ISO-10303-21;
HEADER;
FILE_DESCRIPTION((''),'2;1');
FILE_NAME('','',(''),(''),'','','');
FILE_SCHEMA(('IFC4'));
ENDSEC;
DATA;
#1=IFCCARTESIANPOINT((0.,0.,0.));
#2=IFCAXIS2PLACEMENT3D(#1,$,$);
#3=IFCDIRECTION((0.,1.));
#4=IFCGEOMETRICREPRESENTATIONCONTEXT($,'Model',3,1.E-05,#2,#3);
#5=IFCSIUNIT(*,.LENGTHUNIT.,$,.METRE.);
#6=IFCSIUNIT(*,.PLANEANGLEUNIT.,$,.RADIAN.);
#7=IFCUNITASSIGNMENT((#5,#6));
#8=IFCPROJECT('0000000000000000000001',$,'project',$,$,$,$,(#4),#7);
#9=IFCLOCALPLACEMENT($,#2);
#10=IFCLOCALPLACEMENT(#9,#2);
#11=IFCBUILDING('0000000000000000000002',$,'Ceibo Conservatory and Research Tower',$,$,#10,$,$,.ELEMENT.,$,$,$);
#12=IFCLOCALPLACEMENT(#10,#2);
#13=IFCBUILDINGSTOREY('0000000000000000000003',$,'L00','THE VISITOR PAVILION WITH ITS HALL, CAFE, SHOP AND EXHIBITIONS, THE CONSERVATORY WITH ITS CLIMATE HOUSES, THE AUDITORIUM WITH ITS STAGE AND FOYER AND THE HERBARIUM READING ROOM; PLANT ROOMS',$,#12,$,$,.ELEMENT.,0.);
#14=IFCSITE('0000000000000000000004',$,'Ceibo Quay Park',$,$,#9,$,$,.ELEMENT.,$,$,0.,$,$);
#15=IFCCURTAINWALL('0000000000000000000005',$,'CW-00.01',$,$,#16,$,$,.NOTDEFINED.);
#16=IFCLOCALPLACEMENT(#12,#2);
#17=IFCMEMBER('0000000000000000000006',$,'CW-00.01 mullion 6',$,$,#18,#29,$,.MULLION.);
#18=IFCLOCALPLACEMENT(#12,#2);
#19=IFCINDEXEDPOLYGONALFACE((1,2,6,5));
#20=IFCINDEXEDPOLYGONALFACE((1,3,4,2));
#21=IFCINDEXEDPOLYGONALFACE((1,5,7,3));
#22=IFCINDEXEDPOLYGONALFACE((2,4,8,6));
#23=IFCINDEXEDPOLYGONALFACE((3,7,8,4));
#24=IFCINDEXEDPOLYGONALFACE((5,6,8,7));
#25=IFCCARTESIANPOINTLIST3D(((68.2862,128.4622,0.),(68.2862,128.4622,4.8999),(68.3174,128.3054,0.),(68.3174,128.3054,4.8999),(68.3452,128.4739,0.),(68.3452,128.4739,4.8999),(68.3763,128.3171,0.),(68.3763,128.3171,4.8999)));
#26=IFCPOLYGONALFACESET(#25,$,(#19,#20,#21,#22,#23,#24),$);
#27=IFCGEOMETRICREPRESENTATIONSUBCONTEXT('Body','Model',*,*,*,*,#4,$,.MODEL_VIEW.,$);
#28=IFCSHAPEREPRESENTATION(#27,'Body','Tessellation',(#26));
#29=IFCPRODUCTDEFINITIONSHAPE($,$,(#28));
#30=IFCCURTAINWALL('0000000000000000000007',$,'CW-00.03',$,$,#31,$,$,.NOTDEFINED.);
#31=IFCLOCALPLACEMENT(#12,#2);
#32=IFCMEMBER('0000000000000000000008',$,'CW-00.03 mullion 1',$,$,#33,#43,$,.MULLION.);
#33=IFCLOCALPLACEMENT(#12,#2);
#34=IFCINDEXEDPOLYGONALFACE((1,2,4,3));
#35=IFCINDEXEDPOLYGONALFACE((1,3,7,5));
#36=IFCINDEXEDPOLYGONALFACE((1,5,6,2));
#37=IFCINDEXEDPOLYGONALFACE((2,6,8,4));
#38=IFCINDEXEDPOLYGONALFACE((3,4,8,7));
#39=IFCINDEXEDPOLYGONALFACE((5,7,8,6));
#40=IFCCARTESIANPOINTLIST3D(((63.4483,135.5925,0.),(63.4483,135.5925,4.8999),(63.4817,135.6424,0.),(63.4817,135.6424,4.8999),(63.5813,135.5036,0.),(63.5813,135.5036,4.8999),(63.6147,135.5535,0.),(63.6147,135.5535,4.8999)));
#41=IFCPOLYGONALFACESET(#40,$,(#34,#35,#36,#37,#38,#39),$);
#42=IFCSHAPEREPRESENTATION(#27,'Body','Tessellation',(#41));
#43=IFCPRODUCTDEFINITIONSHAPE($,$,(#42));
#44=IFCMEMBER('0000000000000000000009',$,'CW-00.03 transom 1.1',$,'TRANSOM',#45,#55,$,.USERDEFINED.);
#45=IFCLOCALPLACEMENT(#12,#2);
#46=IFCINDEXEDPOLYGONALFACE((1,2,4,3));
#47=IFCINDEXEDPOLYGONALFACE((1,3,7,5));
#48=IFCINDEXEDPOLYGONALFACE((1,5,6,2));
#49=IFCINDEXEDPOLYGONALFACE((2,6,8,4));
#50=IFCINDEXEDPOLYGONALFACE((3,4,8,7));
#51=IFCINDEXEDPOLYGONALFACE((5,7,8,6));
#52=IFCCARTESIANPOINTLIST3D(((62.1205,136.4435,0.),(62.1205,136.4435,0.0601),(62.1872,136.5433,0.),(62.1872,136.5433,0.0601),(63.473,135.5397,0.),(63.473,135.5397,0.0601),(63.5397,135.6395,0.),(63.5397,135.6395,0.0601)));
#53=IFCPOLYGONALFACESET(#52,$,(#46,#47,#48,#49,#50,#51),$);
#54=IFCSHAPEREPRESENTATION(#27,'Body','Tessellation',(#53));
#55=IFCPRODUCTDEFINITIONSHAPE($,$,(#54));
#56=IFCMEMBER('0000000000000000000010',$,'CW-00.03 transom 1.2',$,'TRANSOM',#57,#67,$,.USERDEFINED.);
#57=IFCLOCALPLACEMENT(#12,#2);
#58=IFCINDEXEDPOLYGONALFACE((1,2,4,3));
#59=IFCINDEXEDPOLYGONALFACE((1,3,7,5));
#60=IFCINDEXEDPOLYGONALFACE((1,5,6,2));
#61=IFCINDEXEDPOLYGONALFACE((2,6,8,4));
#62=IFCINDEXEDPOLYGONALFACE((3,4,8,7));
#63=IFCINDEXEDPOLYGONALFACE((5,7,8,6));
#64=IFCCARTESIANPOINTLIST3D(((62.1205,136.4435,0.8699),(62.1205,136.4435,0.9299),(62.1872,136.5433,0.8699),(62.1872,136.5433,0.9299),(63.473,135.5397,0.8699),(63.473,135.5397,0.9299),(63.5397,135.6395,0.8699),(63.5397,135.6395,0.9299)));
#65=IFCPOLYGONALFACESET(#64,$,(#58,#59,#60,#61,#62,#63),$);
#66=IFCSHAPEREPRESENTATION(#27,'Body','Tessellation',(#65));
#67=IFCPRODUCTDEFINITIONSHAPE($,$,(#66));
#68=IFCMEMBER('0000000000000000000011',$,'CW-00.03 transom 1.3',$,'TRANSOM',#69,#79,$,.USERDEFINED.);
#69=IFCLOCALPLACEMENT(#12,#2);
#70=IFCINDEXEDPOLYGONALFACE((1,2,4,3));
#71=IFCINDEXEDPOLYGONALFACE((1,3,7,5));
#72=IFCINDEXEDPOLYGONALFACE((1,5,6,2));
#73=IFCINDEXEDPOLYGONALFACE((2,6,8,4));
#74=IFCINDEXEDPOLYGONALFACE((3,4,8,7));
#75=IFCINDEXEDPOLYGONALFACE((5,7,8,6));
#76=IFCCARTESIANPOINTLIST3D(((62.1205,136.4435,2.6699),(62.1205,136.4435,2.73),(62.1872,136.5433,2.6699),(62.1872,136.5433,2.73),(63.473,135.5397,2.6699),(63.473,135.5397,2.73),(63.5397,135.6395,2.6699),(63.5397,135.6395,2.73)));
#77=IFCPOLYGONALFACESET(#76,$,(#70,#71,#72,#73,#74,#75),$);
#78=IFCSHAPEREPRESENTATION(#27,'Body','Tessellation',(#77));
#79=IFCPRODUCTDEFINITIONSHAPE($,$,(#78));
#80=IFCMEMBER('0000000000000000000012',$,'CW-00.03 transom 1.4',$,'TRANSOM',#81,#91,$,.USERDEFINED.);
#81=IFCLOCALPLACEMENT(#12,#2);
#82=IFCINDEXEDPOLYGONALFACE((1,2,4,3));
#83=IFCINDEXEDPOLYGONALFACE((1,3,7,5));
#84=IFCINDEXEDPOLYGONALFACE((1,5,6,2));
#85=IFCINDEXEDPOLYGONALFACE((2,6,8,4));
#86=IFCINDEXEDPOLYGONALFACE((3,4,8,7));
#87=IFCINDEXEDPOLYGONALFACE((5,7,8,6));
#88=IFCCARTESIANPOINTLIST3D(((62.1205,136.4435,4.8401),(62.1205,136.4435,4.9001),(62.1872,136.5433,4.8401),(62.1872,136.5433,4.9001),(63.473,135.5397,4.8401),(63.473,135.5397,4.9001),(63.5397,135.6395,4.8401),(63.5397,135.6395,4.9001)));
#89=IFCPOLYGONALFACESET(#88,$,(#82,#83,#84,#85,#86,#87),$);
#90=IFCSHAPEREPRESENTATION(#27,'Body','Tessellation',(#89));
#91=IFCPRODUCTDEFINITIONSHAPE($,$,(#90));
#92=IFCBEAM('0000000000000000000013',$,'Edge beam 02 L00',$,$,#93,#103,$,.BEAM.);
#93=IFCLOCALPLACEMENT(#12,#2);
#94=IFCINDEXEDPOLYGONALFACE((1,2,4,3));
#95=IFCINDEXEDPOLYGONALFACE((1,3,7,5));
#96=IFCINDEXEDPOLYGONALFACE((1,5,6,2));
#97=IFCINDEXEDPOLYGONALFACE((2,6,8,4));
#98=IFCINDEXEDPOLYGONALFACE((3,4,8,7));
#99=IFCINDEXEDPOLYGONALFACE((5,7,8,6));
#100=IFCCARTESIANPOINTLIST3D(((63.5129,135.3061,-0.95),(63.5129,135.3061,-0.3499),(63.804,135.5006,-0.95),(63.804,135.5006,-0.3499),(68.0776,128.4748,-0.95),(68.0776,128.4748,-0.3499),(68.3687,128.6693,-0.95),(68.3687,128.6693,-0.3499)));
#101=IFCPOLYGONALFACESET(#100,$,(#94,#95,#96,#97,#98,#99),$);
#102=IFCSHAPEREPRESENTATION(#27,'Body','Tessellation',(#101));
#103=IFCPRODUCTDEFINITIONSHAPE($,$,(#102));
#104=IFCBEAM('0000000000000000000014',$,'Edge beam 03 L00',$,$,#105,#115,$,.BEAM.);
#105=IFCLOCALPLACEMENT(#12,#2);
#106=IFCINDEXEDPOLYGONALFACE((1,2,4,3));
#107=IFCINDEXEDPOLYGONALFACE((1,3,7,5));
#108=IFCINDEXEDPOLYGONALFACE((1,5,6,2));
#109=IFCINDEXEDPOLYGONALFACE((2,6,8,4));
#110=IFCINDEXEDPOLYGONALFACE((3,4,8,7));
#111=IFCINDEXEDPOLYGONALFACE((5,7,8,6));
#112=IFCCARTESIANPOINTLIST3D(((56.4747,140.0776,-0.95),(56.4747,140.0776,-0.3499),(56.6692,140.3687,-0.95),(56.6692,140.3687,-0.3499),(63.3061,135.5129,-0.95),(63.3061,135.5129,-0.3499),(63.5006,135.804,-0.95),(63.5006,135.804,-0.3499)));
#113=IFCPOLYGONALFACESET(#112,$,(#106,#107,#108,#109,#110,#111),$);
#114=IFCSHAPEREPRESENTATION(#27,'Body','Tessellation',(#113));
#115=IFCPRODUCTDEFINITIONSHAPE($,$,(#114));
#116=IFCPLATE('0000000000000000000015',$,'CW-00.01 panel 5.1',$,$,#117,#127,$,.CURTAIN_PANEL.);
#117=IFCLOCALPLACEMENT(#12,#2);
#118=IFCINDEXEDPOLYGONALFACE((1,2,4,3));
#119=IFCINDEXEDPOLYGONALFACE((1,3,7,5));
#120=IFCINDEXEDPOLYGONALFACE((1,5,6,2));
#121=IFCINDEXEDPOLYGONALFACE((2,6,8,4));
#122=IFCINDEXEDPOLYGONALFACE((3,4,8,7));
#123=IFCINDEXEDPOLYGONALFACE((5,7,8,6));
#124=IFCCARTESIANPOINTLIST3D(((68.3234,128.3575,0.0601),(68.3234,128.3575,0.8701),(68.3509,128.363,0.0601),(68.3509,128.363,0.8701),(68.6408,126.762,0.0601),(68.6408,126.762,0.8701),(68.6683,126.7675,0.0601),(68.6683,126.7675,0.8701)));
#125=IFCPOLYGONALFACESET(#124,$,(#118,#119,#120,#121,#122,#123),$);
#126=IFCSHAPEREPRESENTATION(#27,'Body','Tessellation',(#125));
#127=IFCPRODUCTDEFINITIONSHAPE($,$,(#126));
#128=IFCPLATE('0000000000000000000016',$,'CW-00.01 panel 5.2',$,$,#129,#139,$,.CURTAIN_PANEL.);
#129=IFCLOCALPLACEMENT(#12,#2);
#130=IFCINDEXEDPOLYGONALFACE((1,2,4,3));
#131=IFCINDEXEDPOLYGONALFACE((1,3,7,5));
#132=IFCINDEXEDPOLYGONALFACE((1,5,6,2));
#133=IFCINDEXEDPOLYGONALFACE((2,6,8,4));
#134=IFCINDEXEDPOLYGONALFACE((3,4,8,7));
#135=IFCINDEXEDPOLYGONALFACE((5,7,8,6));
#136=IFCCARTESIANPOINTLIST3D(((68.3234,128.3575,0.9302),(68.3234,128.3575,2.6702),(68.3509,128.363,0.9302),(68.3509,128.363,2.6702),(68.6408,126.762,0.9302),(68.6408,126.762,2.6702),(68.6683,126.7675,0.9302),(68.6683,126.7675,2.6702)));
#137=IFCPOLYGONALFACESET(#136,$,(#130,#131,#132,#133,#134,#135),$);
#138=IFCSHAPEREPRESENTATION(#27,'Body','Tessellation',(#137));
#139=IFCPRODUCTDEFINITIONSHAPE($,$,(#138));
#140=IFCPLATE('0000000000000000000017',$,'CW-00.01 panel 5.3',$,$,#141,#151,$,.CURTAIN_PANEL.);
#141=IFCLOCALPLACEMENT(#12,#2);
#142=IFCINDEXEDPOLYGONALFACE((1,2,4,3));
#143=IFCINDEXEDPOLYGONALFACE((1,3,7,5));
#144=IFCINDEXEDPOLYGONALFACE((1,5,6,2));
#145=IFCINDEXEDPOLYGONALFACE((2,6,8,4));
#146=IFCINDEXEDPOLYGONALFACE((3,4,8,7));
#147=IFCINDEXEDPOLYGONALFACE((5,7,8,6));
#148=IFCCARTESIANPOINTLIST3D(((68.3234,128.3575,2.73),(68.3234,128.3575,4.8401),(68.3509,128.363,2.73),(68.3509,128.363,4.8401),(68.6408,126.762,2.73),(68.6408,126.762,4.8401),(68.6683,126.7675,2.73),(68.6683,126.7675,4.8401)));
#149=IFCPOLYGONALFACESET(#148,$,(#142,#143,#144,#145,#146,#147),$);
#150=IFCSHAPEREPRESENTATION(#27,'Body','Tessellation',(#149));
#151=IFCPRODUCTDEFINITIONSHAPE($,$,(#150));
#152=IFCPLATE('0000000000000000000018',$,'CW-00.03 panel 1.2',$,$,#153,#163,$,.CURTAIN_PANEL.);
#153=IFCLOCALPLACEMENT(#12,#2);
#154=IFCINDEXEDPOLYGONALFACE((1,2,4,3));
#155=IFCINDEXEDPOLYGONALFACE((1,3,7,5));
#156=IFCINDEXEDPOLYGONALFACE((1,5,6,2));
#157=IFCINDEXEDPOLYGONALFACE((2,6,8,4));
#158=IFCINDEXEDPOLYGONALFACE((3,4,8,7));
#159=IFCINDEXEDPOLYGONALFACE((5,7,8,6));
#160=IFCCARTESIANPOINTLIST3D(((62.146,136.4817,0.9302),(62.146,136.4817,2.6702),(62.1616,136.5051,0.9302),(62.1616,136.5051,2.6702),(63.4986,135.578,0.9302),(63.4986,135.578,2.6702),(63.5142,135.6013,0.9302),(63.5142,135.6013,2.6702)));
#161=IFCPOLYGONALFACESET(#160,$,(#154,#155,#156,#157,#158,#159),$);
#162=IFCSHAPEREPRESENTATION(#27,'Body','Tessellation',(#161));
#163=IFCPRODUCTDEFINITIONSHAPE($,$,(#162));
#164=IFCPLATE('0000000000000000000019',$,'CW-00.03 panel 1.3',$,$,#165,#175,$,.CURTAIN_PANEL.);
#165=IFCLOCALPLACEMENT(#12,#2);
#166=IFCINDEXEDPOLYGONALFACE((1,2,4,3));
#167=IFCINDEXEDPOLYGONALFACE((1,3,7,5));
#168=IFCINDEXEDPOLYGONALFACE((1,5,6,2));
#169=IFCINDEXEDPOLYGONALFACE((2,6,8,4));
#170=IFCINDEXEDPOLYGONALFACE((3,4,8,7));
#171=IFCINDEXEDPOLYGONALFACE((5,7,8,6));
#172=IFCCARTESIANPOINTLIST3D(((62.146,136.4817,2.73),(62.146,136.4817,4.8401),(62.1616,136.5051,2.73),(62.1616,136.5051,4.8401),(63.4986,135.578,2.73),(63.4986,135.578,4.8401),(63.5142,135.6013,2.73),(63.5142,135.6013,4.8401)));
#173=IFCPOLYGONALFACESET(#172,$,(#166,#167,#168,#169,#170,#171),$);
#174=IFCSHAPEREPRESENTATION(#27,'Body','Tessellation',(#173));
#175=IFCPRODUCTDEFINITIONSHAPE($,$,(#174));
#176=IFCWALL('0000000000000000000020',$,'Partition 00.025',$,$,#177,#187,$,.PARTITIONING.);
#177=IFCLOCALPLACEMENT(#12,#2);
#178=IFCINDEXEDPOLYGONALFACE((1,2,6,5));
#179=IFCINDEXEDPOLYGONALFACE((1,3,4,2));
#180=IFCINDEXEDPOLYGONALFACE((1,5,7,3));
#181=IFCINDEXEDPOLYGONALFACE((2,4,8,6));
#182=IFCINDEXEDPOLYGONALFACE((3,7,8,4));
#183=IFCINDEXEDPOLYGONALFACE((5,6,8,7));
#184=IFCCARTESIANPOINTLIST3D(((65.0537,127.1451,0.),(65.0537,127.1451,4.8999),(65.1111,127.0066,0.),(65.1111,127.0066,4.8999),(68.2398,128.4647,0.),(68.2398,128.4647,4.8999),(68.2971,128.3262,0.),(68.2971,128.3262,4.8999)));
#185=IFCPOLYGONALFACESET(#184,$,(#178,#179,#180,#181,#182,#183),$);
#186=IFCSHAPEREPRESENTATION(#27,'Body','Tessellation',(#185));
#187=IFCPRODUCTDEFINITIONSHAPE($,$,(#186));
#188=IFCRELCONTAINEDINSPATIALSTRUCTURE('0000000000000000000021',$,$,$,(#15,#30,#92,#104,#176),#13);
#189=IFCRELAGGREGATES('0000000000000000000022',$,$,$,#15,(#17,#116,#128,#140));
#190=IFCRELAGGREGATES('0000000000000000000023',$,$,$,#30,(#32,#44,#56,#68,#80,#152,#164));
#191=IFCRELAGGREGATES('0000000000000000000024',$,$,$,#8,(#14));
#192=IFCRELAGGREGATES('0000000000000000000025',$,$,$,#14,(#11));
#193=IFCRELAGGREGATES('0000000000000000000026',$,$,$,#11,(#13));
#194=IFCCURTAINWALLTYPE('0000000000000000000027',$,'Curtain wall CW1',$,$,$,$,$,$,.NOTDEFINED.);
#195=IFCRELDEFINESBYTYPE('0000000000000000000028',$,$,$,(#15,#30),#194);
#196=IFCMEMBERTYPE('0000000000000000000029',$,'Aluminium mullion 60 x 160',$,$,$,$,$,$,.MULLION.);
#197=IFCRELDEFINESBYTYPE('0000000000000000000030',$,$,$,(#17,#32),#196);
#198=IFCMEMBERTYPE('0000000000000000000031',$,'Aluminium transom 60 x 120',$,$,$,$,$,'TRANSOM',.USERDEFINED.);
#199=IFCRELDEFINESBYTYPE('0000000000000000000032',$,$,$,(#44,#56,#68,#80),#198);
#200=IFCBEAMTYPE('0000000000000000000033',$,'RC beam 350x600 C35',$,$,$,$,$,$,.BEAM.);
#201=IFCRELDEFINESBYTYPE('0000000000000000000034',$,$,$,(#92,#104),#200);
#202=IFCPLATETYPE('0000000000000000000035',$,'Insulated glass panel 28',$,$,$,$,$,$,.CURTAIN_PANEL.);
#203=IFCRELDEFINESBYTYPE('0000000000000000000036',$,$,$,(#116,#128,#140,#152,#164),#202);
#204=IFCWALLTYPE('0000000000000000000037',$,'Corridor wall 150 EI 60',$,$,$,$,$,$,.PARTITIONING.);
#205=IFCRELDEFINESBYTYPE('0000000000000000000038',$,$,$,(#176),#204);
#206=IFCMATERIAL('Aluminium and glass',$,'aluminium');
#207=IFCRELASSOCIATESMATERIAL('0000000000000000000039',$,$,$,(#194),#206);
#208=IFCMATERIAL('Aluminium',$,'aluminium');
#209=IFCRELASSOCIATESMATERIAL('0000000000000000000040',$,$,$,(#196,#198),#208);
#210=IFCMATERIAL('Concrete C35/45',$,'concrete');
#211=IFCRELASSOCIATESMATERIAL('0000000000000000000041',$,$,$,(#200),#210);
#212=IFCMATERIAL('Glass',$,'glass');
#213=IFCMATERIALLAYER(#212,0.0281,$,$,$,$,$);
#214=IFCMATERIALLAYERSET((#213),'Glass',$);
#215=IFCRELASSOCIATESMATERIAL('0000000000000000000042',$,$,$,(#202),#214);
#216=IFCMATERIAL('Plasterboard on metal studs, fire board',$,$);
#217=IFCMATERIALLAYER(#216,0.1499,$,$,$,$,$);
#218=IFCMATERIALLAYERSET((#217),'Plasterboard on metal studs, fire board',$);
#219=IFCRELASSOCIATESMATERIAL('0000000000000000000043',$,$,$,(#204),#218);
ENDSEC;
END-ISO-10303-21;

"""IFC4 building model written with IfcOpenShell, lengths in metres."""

from ifc_helpers import new_model, si_unit, direction, frame, frame_2d, origin, origin_2d, place, context, subcontext, project, spatial, rectangle, extrude, material, layer, layer_set, material_profile, profile_set, type_object, element, aggregate, save


model = new_model("IFC4")

# Units and contexts
model_context = context("Model", 3, precision=1e-05, world=origin(), true_north=direction((0.0, 1.0)))
body_context = subcontext(model_context, "Body", "Model", "MODEL_VIEW")
ifc_project = project(units=[si_unit("LENGTHUNIT", "METRE"), si_unit("PLANEANGLEUNIT", "RADIAN")], contexts=[model_context])

# Site, building, storey
site_placement = place(None, origin())
site = spatial("IfcSite", under=ifc_project, at=site_placement, Name="Ceibo Quay Park", CompositionType="ELEMENT", RefElevation=0.0)
building_placement = place(site_placement, origin())
building = spatial("IfcBuilding", under=site, at=building_placement, Name="Ceibo Conservatory and Research Tower", CompositionType="ELEMENT")
storey_placement = place(building_placement, origin())
storey = spatial("IfcBuildingStorey", under=building, at=storey_placement, Name="L00", Description="THE VISITOR PAVILION WITH ITS HALL, CAFE, SHOP AND EXHIBITIONS, THE CONSERVATORY WITH ITS CLIMATE HOUSES, THE AUDITORIUM WITH ITS STAGE AND FOYER AND THE HERBARIUM READING ROOM; PLANT ROOMS", CompositionType="ELEMENT", Elevation=0.0)

# Curtain wall, member
ifc_material_1 = material(Name="Aluminium and glass", Category="aluminium")
curtain_wall_type = type_object("IfcCurtainWallType", Name="Curtain wall CW1", PredefinedType="NOTDEFINED", material=ifc_material_1)
curtain_wall_1_placement = place(storey_placement, origin())
curtain_wall_1 = element("IfcCurtainWall", 1, at=curtain_wall_1_placement, inside=storey, type_object=curtain_wall_type, Name="CW-00.01", PredefinedType="NOTDEFINED")
ifc_material_2 = material(Name="Aluminium", Category="aluminium")
ifc_material_profile_1 = material_profile(ifc_material_2, rectangle(XDim=0.0601, YDim=0.1599, at=origin_2d()), Name="Aluminium 60 x 160")
ifc_profile_set_1 = profile_set([ifc_material_profile_1], Name="Aluminium")
member_type_1 = type_object("IfcMemberType", Name="Aluminium mullion 60 x 160", PredefinedType="MULLION", material=ifc_profile_set_1)
member_1_placement = place(storey_placement, frame((68.3313, 128.3896, 0.0), z_axis=(0.0, 0.0, 1.0), x_axis=(-0.980785, -0.19509, 0.0)))
member_1 = element("IfcMember", 2, at=member_1_placement, type_object=member_type_1, Name="CW-00.01 mullion 6", PredefinedType="MULLION", context=body_context, shape_type="SweptSolid", body=[
    extrude(rectangle(XDim=0.0601, YDim=0.1599, at=origin_2d()), origin(), (0.0, 0.0, 1.0), 4.8999),
])

# Curtain wall, members
curtain_wall_2_placement = place(storey_placement, origin())
curtain_wall_2 = element("IfcCurtainWall", 3, at=curtain_wall_2_placement, inside=storey, type_object=curtain_wall_type, Name="CW-00.03", PredefinedType="NOTDEFINED")
member_2_placement = place(storey_placement, frame((63.5315, 135.573, 0.0), z_axis=(0.0, 0.0, 1.0), x_axis=(-0.55557, -0.83147, 0.0)))
member_2 = element("IfcMember", 4, at=member_2_placement, type_object=member_type_1, Name="CW-00.03 mullion 1", PredefinedType="MULLION", context=body_context, shape_type="SweptSolid", body=[
    extrude(rectangle(XDim=0.0601, YDim=0.1599, at=origin_2d()), origin(), (0.0, 0.0, 1.0), 4.8999),
])
ifc_material_profile_2 = material_profile(ifc_material_2, rectangle(XDim=0.1201, YDim=0.0601, at=origin_2d()), Name="Aluminium 60 x 120")
ifc_profile_set_2 = profile_set([ifc_material_profile_2], Name="Aluminium")
member_type_2 = type_object("IfcMemberType", Name="Aluminium transom 60 x 120", ElementType="TRANSOM", PredefinedType="USERDEFINED", material=ifc_profile_set_2)
member_3_placement = place(storey_placement, frame((63.5063, 135.5896, 0.03), z_axis=(-0.831449, 0.5556, 0.0), x_axis=(-0.5556, -0.831449, 0.0)))
member_3 = element("IfcMember", 5, at=member_3_placement, type_object=member_type_2, Name="CW-00.03 transom 1.1", ObjectType="TRANSOM", PredefinedType="USERDEFINED", context=body_context, shape_type="SweptSolid", body=[
    extrude(rectangle(XDim=0.1201, YDim=0.0601, at=origin_2d()), origin(), (0.0, 0.0, 1.0), 1.6267),
])
member_4_placement = place(storey_placement, frame((63.5063, 135.5896, 0.8999), z_axis=(-0.831449, 0.5556, 0.0), x_axis=(-0.5556, -0.831449, 0.0)))
member_4 = element("IfcMember", 6, at=member_4_placement, type_object=member_type_2, Name="CW-00.03 transom 1.2", ObjectType="TRANSOM", PredefinedType="USERDEFINED", context=body_context, shape_type="SweptSolid", body=[
    extrude(rectangle(XDim=0.1201, YDim=0.0601, at=origin_2d()), origin(), (0.0, 0.0, 1.0), 1.6267),
])
member_5_placement = place(storey_placement, frame((63.5063, 135.5896, 2.7), z_axis=(-0.831449, 0.5556, 0.0), x_axis=(-0.5556, -0.831449, 0.0)))
member_5 = element("IfcMember", 7, at=member_5_placement, type_object=member_type_2, Name="CW-00.03 transom 1.3", ObjectType="TRANSOM", PredefinedType="USERDEFINED", context=body_context, shape_type="SweptSolid", body=[
    extrude(rectangle(XDim=0.1201, YDim=0.0601, at=origin_2d()), origin(), (0.0, 0.0, 1.0), 1.6267),
])
member_6_placement = place(storey_placement, frame((63.5063, 135.5896, 4.8701), z_axis=(-0.831449, 0.5556, 0.0), x_axis=(-0.5556, -0.831449, 0.0)))
member_6 = element("IfcMember", 8, at=member_6_placement, type_object=member_type_2, Name="CW-00.03 transom 1.4", ObjectType="TRANSOM", PredefinedType="USERDEFINED", context=body_context, shape_type="SweptSolid", body=[
    extrude(rectangle(XDim=0.1201, YDim=0.0601, at=origin_2d()), origin(), (0.0, 0.0, 1.0), 1.6267),
])

# Beams
ifc_material_3 = material(Name="Concrete C35/45", Category="concrete")
ifc_material_profile_3 = material_profile(ifc_material_3, rectangle(XDim=0.3501, YDim=0.6001, at=origin_2d()), Name="RC 350x600")
ifc_profile_set_3 = profile_set([ifc_material_profile_3], Name="Concrete C35/45")
beam_type = type_object("IfcBeamType", Name="RC beam 350x600 C35", PredefinedType="BEAM", material=ifc_profile_set_3)
for number, where, z_axis, x_axis, name in (
    (9, (68.2231, 128.572, -0.6499), (-0.555584, 0.83146, 0.0), (-0.83146, -0.555584, 0.0), "Edge beam 02 L00"),
    (10, (63.4033, 135.6584, -0.6499), (-0.83146, 0.555584, 0.0), (-0.555584, -0.83146, 0.0), "Edge beam 03 L00"),
):
    element("IfcBeam", number, at=place(storey_placement, frame(where, z_axis=z_axis, x_axis=x_axis)), inside=storey, type_object=beam_type, Name=name, PredefinedType="BEAM", context=body_context, shape_type="SweptSolid", body=[
        extrude(rectangle(XDim=0.3501, YDim=0.6001, at=origin_2d()), origin(), (0.0, 0.0, 1.0), 8.2161),
    ])

# Plates
ifc_material_4 = material(Name="Glass", Category="glass")
ifc_layer_1 = layer(ifc_material_4, 0.0281)
ifc_layer_set_1 = layer_set([ifc_layer_1], Name="Glass")
plate_type = type_object("IfcPlateType", Name="Insulated glass panel 28", PredefinedType="CURTAIN_PANEL", material=ifc_layer_set_1)
plate_1_placement = place(storey_placement, frame((68.4958, 127.5625, 0.0601), z_axis=(0.0, 0.0, 1.0), x_axis=(-0.19509, 0.980785, 0.0)))
plate_1 = element("IfcPlate", 11, at=plate_1_placement, type_object=plate_type, Name="CW-00.01 panel 5.1", PredefinedType="CURTAIN_PANEL", context=body_context, shape_type="SweptSolid", body=[
    extrude(rectangle(XDim=1.6267, YDim=0.0281, at=origin_2d()), origin(), (0.0, 0.0, 1.0), 0.8101),
])
plate_2_placement = place(storey_placement, frame((68.4958, 127.5625, 0.9302), z_axis=(0.0, 0.0, 1.0), x_axis=(-0.19509, 0.980785, 0.0)))
plate_2 = element("IfcPlate", 12, at=plate_2_placement, type_object=plate_type, Name="CW-00.01 panel 5.2", PredefinedType="CURTAIN_PANEL", context=body_context, shape_type="SweptSolid", body=[
    extrude(rectangle(XDim=1.6267, YDim=0.0281, at=origin_2d()), origin(), (0.0, 0.0, 1.0), 1.74),
])
plate_3_placement = place(storey_placement, frame((68.4958, 127.5625, 2.73), z_axis=(0.0, 0.0, 1.0), x_axis=(-0.19509, 0.980785, 0.0)))
plate_3 = element("IfcPlate", 13, at=plate_3_placement, type_object=plate_type, Name="CW-00.01 panel 5.3", PredefinedType="CURTAIN_PANEL", context=body_context, shape_type="SweptSolid", body=[
    extrude(rectangle(XDim=1.6267, YDim=0.0281, at=origin_2d()), origin(), (0.0, 0.0, 1.0), 2.1101),
])
aggregate(curtain_wall_1, [member_1, plate_1, plate_2, plate_3])
plate_4_placement = place(storey_placement, frame((62.8301, 136.0415, 0.9302), z_axis=(0.0, 0.0, 1.0), x_axis=(-0.83147, 0.55557, 0.0)))
plate_4 = element("IfcPlate", 14, at=plate_4_placement, type_object=plate_type, Name="CW-00.03 panel 1.2", PredefinedType="CURTAIN_PANEL", context=body_context, shape_type="SweptSolid", body=[
    extrude(rectangle(XDim=1.6267, YDim=0.0281, at=origin_2d()), origin(), (0.0, 0.0, 1.0), 1.74),
])
plate_5_placement = place(storey_placement, frame((62.8301, 136.0415, 2.73), z_axis=(0.0, 0.0, 1.0), x_axis=(-0.83147, 0.55557, 0.0)))
plate_5 = element("IfcPlate", 15, at=plate_5_placement, type_object=plate_type, Name="CW-00.03 panel 1.3", PredefinedType="CURTAIN_PANEL", context=body_context, shape_type="SweptSolid", body=[
    extrude(rectangle(XDim=1.6267, YDim=0.0281, at=origin_2d()), origin(), (0.0, 0.0, 1.0), 2.1101),
])
aggregate(curtain_wall_2, [member_2, member_3, member_4, member_5, member_6, plate_4, plate_5])

# Wall
ifc_material_5 = material(Name="Plasterboard on metal studs, fire board")
ifc_layer_2 = layer(ifc_material_5, 0.1499)
ifc_layer_set_2 = layer_set([ifc_layer_2], Name="Plasterboard on metal studs, fire board")
wall_type_1 = type_object("IfcWallType", Name="Corridor wall 150 EI 60", PredefinedType="PARTITIONING", material=ifc_layer_set_2)
wall_1_placement = place(storey_placement, frame((65.0825, 127.0759, 0.0), z_axis=(0.0, 0.0, 1.0), x_axis=(0.923892, 0.382654, 0.0)))
element("IfcWall", 16, at=wall_1_placement, inside=storey, type_object=wall_type_1, Name="Partition 00.025", PredefinedType="PARTITIONING", context=body_context, shape_type="SweptSolid", body=[
    extrude(rectangle(XDim=3.4485, YDim=0.1499, at=frame_2d((1.7241, 0.0))), origin(), (0.0, 0.0, 1.0), 4.8999),
])

save(model, "model.ifc")
